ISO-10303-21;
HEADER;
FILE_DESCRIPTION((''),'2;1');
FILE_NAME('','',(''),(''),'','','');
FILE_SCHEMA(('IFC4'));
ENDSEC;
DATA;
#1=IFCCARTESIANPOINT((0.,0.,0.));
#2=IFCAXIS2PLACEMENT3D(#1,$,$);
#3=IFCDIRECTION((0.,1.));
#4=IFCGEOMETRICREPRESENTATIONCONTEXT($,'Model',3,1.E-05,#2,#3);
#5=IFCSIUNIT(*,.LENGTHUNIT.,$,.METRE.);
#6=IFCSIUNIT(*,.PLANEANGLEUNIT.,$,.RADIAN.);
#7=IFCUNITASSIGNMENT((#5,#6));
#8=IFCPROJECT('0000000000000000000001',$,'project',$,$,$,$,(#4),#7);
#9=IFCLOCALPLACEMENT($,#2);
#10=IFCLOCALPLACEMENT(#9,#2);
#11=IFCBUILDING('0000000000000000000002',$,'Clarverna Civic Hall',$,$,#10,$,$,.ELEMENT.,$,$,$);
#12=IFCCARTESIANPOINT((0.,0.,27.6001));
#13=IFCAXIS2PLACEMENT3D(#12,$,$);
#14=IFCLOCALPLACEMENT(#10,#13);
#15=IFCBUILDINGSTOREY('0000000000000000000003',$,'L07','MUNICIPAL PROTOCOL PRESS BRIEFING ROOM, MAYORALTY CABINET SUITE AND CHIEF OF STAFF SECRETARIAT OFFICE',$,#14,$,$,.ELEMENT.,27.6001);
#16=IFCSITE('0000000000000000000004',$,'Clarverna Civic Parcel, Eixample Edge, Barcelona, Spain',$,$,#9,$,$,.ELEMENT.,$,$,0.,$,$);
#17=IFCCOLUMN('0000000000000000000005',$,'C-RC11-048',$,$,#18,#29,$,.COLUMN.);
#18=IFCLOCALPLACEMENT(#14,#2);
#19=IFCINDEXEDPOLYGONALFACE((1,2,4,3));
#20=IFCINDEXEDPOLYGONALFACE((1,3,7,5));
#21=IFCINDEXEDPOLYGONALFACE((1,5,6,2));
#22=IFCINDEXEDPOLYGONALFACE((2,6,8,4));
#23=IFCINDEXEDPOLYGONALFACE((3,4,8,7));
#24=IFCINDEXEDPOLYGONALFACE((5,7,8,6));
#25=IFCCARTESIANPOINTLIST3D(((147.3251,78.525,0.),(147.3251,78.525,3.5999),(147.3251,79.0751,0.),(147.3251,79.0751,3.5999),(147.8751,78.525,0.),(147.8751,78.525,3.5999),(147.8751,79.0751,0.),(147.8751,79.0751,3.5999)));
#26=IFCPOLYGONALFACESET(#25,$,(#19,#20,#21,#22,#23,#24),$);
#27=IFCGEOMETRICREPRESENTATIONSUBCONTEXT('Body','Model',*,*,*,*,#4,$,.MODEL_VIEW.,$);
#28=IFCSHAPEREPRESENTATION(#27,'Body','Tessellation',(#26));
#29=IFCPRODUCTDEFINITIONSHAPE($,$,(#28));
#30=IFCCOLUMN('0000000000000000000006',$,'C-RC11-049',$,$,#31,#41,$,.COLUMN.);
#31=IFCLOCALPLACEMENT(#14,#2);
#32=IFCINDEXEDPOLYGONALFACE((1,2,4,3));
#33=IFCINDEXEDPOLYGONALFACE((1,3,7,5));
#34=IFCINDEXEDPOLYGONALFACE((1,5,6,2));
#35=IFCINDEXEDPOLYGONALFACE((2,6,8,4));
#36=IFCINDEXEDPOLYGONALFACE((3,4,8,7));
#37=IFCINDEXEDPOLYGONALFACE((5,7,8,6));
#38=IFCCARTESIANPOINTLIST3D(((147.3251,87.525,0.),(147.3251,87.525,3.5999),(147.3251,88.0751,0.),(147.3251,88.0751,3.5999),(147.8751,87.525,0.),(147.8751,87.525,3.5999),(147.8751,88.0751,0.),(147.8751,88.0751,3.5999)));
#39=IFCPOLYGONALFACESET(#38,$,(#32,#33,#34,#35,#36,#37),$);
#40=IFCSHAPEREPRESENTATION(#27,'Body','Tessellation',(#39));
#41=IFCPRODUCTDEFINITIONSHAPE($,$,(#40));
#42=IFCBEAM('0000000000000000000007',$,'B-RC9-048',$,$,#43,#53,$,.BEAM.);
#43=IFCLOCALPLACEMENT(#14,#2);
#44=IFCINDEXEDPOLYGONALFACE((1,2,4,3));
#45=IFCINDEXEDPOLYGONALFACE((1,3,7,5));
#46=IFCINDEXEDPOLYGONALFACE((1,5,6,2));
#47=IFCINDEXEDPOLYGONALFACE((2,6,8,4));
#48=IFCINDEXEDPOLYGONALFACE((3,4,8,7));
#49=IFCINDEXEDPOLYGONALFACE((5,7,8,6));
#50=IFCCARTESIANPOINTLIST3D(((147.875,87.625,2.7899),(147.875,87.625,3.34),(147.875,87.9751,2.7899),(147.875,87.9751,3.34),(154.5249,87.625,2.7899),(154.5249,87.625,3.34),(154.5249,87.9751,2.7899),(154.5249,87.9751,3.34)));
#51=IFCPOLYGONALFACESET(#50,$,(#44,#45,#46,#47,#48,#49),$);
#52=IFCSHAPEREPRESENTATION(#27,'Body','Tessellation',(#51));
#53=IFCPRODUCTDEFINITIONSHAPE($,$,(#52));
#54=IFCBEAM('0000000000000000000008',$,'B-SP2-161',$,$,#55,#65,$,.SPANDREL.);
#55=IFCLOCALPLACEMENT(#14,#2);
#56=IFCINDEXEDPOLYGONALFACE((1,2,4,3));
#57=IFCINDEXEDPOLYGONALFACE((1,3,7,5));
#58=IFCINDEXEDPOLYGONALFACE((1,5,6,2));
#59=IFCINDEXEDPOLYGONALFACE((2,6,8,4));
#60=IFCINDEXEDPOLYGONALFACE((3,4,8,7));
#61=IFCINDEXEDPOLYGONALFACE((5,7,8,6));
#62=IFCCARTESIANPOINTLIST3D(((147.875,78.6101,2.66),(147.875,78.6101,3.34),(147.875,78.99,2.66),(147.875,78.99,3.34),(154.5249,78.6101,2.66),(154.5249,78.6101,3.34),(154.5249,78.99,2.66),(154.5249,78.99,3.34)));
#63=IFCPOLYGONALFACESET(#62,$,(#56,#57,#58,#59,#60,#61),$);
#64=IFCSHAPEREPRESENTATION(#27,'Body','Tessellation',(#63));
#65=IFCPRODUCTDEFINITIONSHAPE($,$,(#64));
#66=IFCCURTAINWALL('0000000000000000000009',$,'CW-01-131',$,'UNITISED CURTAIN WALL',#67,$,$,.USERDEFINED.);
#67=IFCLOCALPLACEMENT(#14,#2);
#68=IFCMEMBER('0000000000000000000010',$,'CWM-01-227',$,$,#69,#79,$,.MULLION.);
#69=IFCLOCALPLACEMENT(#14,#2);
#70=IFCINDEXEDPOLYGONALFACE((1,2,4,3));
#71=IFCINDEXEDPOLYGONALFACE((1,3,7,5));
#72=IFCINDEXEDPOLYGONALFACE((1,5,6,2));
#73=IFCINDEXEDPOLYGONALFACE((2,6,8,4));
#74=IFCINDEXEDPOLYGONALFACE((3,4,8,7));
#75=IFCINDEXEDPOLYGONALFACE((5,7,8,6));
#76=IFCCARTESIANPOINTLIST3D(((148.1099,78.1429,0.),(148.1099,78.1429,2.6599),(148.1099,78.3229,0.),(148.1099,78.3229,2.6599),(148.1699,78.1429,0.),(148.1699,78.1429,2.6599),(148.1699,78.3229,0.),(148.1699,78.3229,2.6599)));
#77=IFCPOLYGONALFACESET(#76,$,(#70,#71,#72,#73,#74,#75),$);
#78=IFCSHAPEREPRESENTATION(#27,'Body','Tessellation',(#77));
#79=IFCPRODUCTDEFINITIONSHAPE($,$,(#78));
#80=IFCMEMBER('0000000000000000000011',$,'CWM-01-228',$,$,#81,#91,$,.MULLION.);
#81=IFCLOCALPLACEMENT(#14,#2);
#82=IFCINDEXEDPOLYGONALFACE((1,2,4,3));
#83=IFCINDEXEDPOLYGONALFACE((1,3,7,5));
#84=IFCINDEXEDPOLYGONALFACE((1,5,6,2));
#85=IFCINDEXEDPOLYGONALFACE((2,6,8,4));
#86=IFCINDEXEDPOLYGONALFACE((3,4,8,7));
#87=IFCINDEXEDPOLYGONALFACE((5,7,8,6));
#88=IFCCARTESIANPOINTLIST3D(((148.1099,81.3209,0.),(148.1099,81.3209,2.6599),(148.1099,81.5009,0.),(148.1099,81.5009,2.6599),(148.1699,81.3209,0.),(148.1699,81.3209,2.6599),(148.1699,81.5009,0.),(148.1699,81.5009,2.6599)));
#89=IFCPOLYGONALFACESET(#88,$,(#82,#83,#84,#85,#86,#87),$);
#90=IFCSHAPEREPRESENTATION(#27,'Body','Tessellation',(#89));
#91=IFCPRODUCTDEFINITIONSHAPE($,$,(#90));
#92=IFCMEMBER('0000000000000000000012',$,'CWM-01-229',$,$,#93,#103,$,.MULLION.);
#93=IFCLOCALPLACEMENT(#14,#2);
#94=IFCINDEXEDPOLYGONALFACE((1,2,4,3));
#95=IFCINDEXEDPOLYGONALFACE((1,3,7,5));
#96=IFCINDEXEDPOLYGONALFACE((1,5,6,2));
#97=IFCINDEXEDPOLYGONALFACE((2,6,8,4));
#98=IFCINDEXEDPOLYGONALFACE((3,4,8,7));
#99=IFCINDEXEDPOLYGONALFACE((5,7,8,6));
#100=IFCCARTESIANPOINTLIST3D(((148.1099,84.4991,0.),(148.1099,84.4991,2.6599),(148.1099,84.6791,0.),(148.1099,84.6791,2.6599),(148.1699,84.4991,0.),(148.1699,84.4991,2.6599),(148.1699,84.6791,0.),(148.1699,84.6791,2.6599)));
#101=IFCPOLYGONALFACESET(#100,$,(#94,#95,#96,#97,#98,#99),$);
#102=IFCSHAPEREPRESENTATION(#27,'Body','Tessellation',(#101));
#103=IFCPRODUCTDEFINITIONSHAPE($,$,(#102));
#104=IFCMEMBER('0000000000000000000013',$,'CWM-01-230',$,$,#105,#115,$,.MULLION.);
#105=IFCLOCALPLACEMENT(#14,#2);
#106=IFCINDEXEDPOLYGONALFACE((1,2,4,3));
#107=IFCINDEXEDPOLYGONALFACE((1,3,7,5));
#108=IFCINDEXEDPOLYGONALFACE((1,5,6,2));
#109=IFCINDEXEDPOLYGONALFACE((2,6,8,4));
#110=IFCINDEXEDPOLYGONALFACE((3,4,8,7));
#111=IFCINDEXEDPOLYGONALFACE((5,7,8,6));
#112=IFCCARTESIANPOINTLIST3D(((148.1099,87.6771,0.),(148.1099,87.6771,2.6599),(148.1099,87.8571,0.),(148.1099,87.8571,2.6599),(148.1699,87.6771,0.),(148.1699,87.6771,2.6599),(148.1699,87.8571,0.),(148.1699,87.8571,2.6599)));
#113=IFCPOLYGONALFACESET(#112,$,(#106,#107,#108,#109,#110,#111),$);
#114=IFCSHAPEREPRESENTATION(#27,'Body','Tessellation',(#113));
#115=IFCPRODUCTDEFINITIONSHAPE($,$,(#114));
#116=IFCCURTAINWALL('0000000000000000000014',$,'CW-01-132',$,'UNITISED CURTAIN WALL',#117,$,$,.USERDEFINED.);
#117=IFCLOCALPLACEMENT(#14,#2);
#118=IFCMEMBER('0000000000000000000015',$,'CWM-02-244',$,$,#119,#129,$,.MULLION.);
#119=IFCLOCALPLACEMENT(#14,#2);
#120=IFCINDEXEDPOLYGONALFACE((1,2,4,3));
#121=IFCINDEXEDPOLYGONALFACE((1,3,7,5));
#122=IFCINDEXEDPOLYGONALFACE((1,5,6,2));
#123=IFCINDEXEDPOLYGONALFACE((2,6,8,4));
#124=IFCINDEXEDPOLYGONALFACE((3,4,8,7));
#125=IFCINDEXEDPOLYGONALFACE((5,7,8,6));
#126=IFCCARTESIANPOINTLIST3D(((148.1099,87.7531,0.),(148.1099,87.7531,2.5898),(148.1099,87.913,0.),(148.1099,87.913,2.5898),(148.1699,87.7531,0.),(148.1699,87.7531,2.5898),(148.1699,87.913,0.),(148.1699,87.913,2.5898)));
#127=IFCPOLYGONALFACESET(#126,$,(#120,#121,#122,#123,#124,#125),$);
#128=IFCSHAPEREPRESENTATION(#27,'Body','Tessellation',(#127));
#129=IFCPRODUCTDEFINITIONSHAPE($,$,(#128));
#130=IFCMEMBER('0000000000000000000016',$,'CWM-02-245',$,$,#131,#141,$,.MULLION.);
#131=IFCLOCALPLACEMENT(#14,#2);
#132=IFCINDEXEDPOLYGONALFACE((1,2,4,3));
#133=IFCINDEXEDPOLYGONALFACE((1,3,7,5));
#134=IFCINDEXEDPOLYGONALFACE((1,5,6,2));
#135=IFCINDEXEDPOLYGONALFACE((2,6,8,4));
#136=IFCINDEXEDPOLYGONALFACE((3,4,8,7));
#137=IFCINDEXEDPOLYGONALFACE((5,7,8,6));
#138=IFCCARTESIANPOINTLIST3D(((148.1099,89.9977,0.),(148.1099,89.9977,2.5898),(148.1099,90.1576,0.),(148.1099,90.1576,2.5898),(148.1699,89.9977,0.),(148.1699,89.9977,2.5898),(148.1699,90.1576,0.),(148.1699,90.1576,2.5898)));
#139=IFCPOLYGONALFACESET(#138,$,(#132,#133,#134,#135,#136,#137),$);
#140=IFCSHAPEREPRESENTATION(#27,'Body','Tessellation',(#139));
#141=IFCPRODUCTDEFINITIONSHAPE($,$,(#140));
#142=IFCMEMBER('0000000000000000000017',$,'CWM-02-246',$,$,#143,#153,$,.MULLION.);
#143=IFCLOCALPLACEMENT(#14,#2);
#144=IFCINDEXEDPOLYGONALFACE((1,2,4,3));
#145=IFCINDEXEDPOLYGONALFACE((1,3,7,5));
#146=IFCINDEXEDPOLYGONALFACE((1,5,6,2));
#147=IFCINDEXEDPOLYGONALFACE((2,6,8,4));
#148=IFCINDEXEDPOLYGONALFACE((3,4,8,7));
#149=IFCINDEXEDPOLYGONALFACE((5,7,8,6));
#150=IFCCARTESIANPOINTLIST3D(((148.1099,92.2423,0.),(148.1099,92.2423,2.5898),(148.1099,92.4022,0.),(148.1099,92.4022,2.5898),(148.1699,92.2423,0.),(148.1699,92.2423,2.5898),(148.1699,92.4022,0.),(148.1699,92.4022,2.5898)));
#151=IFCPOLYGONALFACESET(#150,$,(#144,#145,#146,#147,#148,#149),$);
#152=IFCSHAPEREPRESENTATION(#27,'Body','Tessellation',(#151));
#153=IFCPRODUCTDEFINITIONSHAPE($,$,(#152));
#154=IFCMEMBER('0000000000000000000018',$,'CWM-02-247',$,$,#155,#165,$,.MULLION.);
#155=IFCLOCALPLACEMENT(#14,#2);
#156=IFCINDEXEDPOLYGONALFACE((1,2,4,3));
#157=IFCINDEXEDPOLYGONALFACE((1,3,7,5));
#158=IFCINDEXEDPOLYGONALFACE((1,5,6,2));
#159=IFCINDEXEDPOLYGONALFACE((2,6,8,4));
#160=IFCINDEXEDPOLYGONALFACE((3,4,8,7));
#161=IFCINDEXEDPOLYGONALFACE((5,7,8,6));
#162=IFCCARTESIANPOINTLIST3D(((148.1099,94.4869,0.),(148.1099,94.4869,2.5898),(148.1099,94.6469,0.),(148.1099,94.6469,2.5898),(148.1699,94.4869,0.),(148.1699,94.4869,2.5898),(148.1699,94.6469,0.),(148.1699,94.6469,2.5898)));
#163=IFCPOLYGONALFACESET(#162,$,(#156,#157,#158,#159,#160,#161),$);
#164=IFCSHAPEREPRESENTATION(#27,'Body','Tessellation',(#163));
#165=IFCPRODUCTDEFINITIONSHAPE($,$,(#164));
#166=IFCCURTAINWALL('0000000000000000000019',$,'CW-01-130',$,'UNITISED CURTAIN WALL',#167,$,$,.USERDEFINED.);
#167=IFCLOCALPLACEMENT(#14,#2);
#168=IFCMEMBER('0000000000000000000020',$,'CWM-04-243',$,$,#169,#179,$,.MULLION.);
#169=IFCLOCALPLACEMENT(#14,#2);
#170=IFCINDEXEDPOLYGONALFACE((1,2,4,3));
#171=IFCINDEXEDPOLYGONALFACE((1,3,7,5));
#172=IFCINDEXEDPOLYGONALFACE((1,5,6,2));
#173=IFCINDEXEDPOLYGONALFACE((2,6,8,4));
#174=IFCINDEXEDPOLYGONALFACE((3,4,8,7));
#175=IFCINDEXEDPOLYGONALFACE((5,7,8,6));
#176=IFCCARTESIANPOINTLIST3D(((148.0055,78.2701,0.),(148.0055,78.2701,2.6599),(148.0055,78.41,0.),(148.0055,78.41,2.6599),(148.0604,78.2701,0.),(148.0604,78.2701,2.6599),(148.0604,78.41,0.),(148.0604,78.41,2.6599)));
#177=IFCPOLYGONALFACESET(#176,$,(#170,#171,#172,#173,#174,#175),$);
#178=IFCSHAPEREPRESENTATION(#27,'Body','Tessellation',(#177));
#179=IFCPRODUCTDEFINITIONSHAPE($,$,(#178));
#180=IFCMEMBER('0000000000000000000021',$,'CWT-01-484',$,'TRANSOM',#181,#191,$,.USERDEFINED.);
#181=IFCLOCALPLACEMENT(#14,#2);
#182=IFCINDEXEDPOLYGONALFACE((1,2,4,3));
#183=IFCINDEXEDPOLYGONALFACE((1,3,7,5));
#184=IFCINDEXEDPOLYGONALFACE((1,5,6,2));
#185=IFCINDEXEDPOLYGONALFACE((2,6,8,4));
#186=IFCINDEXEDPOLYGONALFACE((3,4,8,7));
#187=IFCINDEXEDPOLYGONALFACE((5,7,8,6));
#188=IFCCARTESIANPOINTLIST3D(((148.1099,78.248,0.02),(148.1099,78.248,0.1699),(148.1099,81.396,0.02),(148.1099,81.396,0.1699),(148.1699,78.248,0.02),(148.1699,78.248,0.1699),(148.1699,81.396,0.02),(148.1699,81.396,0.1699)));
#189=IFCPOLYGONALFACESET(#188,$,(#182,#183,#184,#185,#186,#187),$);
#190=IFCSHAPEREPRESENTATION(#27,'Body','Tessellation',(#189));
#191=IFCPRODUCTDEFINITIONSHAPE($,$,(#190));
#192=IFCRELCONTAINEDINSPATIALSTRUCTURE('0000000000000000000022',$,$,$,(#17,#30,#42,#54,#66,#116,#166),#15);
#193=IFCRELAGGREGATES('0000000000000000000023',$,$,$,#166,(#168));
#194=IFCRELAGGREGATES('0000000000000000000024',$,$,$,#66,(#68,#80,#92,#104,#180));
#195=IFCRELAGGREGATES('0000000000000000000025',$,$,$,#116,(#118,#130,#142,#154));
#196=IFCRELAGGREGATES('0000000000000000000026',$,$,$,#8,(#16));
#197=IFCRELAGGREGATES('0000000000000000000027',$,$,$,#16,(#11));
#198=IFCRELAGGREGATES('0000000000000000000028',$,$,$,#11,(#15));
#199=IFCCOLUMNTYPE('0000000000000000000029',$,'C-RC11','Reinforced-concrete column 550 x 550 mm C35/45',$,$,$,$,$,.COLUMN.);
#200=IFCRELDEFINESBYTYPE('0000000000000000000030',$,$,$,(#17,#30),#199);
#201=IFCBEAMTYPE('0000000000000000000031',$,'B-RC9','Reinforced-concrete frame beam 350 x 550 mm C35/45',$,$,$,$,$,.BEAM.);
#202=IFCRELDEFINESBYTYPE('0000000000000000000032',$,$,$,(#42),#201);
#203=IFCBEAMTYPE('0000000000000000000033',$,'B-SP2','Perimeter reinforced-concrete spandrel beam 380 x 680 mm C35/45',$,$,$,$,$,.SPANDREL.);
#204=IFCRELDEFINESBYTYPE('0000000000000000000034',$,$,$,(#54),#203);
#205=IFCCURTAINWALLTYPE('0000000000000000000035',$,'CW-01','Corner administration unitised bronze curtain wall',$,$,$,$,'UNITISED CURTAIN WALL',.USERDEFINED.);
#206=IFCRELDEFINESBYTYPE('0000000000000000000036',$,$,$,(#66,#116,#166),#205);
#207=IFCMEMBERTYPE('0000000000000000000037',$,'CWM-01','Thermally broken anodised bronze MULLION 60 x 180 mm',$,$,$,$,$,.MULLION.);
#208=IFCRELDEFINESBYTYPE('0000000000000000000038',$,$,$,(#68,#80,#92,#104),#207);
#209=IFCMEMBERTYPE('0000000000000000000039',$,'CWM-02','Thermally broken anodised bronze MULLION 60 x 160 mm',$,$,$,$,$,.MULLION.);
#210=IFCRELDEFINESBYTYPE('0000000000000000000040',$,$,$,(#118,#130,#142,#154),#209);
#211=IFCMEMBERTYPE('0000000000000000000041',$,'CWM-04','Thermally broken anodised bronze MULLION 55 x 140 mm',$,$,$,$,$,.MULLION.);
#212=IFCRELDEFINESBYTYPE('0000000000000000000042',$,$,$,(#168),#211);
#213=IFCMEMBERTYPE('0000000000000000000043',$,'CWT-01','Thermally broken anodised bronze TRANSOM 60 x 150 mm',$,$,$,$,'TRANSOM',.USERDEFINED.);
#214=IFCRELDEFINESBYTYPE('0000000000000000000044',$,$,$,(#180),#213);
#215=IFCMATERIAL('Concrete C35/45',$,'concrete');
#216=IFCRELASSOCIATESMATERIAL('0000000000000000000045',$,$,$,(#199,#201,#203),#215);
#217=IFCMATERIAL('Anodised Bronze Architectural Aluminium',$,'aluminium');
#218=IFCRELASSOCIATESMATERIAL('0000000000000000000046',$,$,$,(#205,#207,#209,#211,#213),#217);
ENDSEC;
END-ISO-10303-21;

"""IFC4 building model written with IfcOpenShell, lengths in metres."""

from ifc_helpers import new_model, si_unit, direction, frame, origin, origin_2d, place, context, subcontext, project, spatial, rectangle, extrude, material, material_profile, profile_set, type_object, element, aggregate, save


model = new_model("IFC4")

# Units and contexts
model_context = context("Model", 3, precision=1e-05, world=origin(), true_north=direction((0.0, 1.0)))
body_context = subcontext(model_context, "Body", "Model", "MODEL_VIEW")
ifc_project = project(units=[si_unit("LENGTHUNIT", "METRE"), si_unit("PLANEANGLEUNIT", "RADIAN")], contexts=[model_context])

# Site, building, storey
site_placement = place(None, origin())
site = spatial("IfcSite", under=ifc_project, at=site_placement, Name="Clarverna Civic Parcel, Eixample Edge, Barcelona, Spain", CompositionType="ELEMENT", RefElevation=0.0)
building_placement = place(site_placement, origin())
building = spatial("IfcBuilding", under=site, at=building_placement, Name="Clarverna Civic Hall", CompositionType="ELEMENT")
storey_placement = place(building_placement, frame((0.0, 0.0, 27.6001)))
storey = spatial("IfcBuildingStorey", under=building, at=storey_placement, Name="L07", Description="MUNICIPAL PROTOCOL PRESS BRIEFING ROOM, MAYORALTY CABINET SUITE AND CHIEF OF STAFF SECRETARIAT OFFICE", CompositionType="ELEMENT", Elevation=27.6001)

# Columns
ifc_material_1 = material(Name="Concrete C35/45", Category="concrete")
ifc_material_profile_1 = material_profile(ifc_material_1, rectangle(XDim=0.55, YDim=0.55, at=origin_2d()), Name="RC 550x550")
ifc_profile_set_1 = profile_set([ifc_material_profile_1], Name="Concrete C35/45")
column_type = type_object("IfcColumnType", Name="C-RC11", Description="Reinforced-concrete column 550 x 550 mm C35/45", PredefinedType="COLUMN", material=ifc_profile_set_1)
for number, where, z_axis, x_axis, name in (
    (1, (147.6001, 78.8, 0.0), (0.0, 0.0, 1.0), (1.0, 0.0, 0.0), "C-RC11-048"),
    (2, (147.6001, 87.8, 0.0), (0.0, 0.0, 1.0), (1.0, 0.0, 0.0), "C-RC11-049"),
):
    element("IfcColumn", number, at=place(storey_placement, frame(where, z_axis=z_axis, x_axis=x_axis)), inside=storey, type_object=column_type, Name=name, PredefinedType="COLUMN", context=body_context, shape_type="SweptSolid", body=[
        extrude(rectangle(XDim=0.55, YDim=0.55, at=origin_2d()), origin(), (0.0, 0.0, 1.0), 3.5999),
    ])

# Beams
ifc_material_profile_2 = material_profile(ifc_material_1, rectangle(XDim=0.3501, YDim=0.55, at=origin_2d()), Name="RC 350x550")
ifc_profile_set_2 = profile_set([ifc_material_profile_2], Name="Concrete C35/45")
beam_type_1 = type_object("IfcBeamType", Name="B-RC9", Description="Reinforced-concrete frame beam 350 x 550 mm C35/45", PredefinedType="BEAM", material=ifc_profile_set_2)
beam_1_placement = place(storey_placement, frame((147.875, 87.8, 3.0649), z_axis=(1.0, 0.0, 0.0), x_axis=(0.0, 1.0, 0.0)))
element("IfcBeam", 3, at=beam_1_placement, inside=storey, type_object=beam_type_1, Name="B-RC9-048", PredefinedType="BEAM", context=body_context, shape_type="SweptSolid", body=[
    extrude(rectangle(XDim=0.3501, YDim=0.55, at=origin_2d()), origin(), (0.0, 0.0, 1.0), 6.6499),
])
ifc_material_profile_3 = material_profile(ifc_material_1, rectangle(XDim=0.3799, YDim=0.6799, at=origin_2d()), Name="RC 380x680")
ifc_profile_set_3 = profile_set([ifc_material_profile_3], Name="Concrete C35/45")
beam_type_2 = type_object("IfcBeamType", Name="B-SP2", Description="Perimeter reinforced-concrete spandrel beam 380 x 680 mm C35/45", PredefinedType="SPANDREL", material=ifc_profile_set_3)
beam_2_placement = place(storey_placement, frame((147.875, 78.8, 3.0), z_axis=(1.0, 0.0, 0.0), x_axis=(0.0, 1.0, 0.0)))
element("IfcBeam", 4, at=beam_2_placement, inside=storey, type_object=beam_type_2, Name="B-SP2-161", PredefinedType="SPANDREL", context=body_context, shape_type="SweptSolid", body=[
    extrude(rectangle(XDim=0.3799, YDim=0.6799, at=origin_2d()), origin(), (0.0, 0.0, 1.0), 6.6499),
])

# Curtain walls, members
ifc_material_2 = material(Name="Anodised Bronze Architectural Aluminium", Category="aluminium")
curtain_wall_type = type_object("IfcCurtainWallType", Name="CW-01", Description="Corner administration unitised bronze curtain wall", ElementType="UNITISED CURTAIN WALL", PredefinedType="USERDEFINED", material=ifc_material_2)
curtain_wall_1_placement = place(storey_placement, origin())
curtain_wall_1 = element("IfcCurtainWall", 5, at=curtain_wall_1_placement, inside=storey, type_object=curtain_wall_type, Name="CW-01-131", ObjectType="UNITISED CURTAIN WALL", PredefinedType="USERDEFINED")
ifc_material_profile_4 = material_profile(ifc_material_2, rectangle(XDim=0.0601, YDim=0.1799, at=origin_2d()), Name="BRONZE 60x180")
ifc_profile_set_4 = profile_set([ifc_material_profile_4], Name="Anodised Bronze Architectural Aluminium")
member_type_1 = type_object("IfcMemberType", Name="CWM-01", Description="Thermally broken anodised bronze MULLION 60 x 180 mm", PredefinedType="MULLION", material=ifc_profile_set_4)
member_1_placement = place(storey_placement, frame((148.1399, 78.2329, 0.0), z_axis=(0.0, 0.0, 1.0), x_axis=(1.0, 0.0, 0.0)))
member_1 = element("IfcMember", 6, at=member_1_placement, type_object=member_type_1, Name="CWM-01-227", PredefinedType="MULLION", context=body_context, shape_type="SweptSolid", body=[
    extrude(rectangle(XDim=0.0601, YDim=0.1799, at=origin_2d()), origin(), (0.0, 0.0, 1.0), 2.6599),
])
member_2_placement = place(storey_placement, frame((148.1399, 81.4109, 0.0), z_axis=(0.0, 0.0, 1.0), x_axis=(1.0, 0.0, 0.0)))
member_2 = element("IfcMember", 7, at=member_2_placement, type_object=member_type_1, Name="CWM-01-228", PredefinedType="MULLION", context=body_context, shape_type="SweptSolid", body=[
    extrude(rectangle(XDim=0.0601, YDim=0.1799, at=origin_2d()), origin(), (0.0, 0.0, 1.0), 2.6599),
])
member_3_placement = place(storey_placement, frame((148.1399, 84.5891, 0.0), z_axis=(0.0, 0.0, 1.0), x_axis=(1.0, 0.0, 0.0)))
member_3 = element("IfcMember", 8, at=member_3_placement, type_object=member_type_1, Name="CWM-01-229", PredefinedType="MULLION", context=body_context, shape_type="SweptSolid", body=[
    extrude(rectangle(XDim=0.0601, YDim=0.1799, at=origin_2d()), origin(), (0.0, 0.0, 1.0), 2.6599),
])
member_4_placement = place(storey_placement, frame((148.1399, 87.7671, 0.0), z_axis=(0.0, 0.0, 1.0), x_axis=(1.0, 0.0, 0.0)))
member_4 = element("IfcMember", 9, at=member_4_placement, type_object=member_type_1, Name="CWM-01-230", PredefinedType="MULLION", context=body_context, shape_type="SweptSolid", body=[
    extrude(rectangle(XDim=0.0601, YDim=0.1799, at=origin_2d()), origin(), (0.0, 0.0, 1.0), 2.6599),
])
curtain_wall_2_placement = place(storey_placement, origin())
curtain_wall_2 = element("IfcCurtainWall", 10, at=curtain_wall_2_placement, inside=storey, type_object=curtain_wall_type, Name="CW-01-132", ObjectType="UNITISED CURTAIN WALL", PredefinedType="USERDEFINED")
ifc_material_profile_5 = material_profile(ifc_material_2, rectangle(XDim=0.0601, YDim=0.1599, at=origin_2d()), Name="BRONZE 60x160")
ifc_profile_set_5 = profile_set([ifc_material_profile_5], Name="Anodised Bronze Architectural Aluminium")
member_type_2 = type_object("IfcMemberType", Name="CWM-02", Description="Thermally broken anodised bronze MULLION 60 x 160 mm", PredefinedType="MULLION", material=ifc_profile_set_5)
member_5_placement = place(storey_placement, frame((148.1399, 87.833, 0.0), z_axis=(0.0, 0.0, 1.0), x_axis=(1.0, 0.0, 0.0)))
member_5 = element("IfcMember", 11, at=member_5_placement, type_object=member_type_2, Name="CWM-02-244", PredefinedType="MULLION", context=body_context, shape_type="SweptSolid", body=[
    extrude(rectangle(XDim=0.0601, YDim=0.1599, at=origin_2d()), origin(), (0.0, 0.0, 1.0), 2.5898),
])
member_6_placement = place(storey_placement, frame((148.1399, 90.0776, 0.0), z_axis=(0.0, 0.0, 1.0), x_axis=(1.0, 0.0, 0.0)))
member_6 = element("IfcMember", 12, at=member_6_placement, type_object=member_type_2, Name="CWM-02-245", PredefinedType="MULLION", context=body_context, shape_type="SweptSolid", body=[
    extrude(rectangle(XDim=0.0601, YDim=0.1599, at=origin_2d()), origin(), (0.0, 0.0, 1.0), 2.5898),
])
member_7_placement = place(storey_placement, frame((148.1399, 92.3223, 0.0), z_axis=(0.0, 0.0, 1.0), x_axis=(1.0, 0.0, 0.0)))
member_7 = element("IfcMember", 13, at=member_7_placement, type_object=member_type_2, Name="CWM-02-246", PredefinedType="MULLION", context=body_context, shape_type="SweptSolid", body=[
    extrude(rectangle(XDim=0.0601, YDim=0.1599, at=origin_2d()), origin(), (0.0, 0.0, 1.0), 2.5898),
])
member_8_placement = place(storey_placement, frame((148.1399, 94.5669, 0.0), z_axis=(0.0, 0.0, 1.0), x_axis=(1.0, 0.0, 0.0)))
member_8 = element("IfcMember", 14, at=member_8_placement, type_object=member_type_2, Name="CWM-02-247", PredefinedType="MULLION", context=body_context, shape_type="SweptSolid", body=[
    extrude(rectangle(XDim=0.0601, YDim=0.1599, at=origin_2d()), origin(), (0.0, 0.0, 1.0), 2.5898),
])

# Curtain wall, member
curtain_wall_3_placement = place(storey_placement, origin())
curtain_wall_3 = element("IfcCurtainWall", 15, at=curtain_wall_3_placement, inside=storey, type_object=curtain_wall_type, Name="CW-01-130", ObjectType="UNITISED CURTAIN WALL", PredefinedType="USERDEFINED")
ifc_material_profile_6 = material_profile(ifc_material_2, rectangle(XDim=0.0549, YDim=0.1399, at=origin_2d()), Name="BRONZE 55x140")
ifc_profile_set_6 = profile_set([ifc_material_profile_6], Name="Anodised Bronze Architectural Aluminium")
member_type_3 = type_object("IfcMemberType", Name="CWM-04", Description="Thermally broken anodised bronze MULLION 55 x 140 mm", PredefinedType="MULLION", material=ifc_profile_set_6)
member_9_placement = place(storey_placement, frame((148.033, 78.3401, 0.0), z_axis=(0.0, 0.0, 1.0), x_axis=(1.0, 0.0, 0.0)))
member_9 = element("IfcMember", 16, at=member_9_placement, type_object=member_type_3, Name="CWM-04-243", PredefinedType="MULLION", context=body_context, shape_type="SweptSolid", body=[
    extrude(rectangle(XDim=0.0549, YDim=0.1399, at=origin_2d()), origin(), (0.0, 0.0, 1.0), 2.6599),
])
aggregate(curtain_wall_3, [member_9])

# Member
ifc_material_profile_7 = material_profile(ifc_material_2, rectangle(XDim=0.0601, YDim=0.1499, at=origin_2d()), Name="BRONZE 60x150")
ifc_profile_set_7 = profile_set([ifc_material_profile_7], Name="Anodised Bronze Architectural Aluminium")
member_type_4 = type_object("IfcMemberType", Name="CWT-01", Description="Thermally broken anodised bronze TRANSOM 60 x 150 mm", ElementType="TRANSOM", PredefinedType="USERDEFINED", material=ifc_profile_set_7)
member_10_placement = place(storey_placement, frame((148.1399, 78.248, 0.095), z_axis=(0.0, 1.0, 0.0), x_axis=(-1.0, 0.0, 0.0)))
member_10 = element("IfcMember", 17, at=member_10_placement, type_object=member_type_4, Name="CWT-01-484", ObjectType="TRANSOM", PredefinedType="USERDEFINED", context=body_context, shape_type="SweptSolid", body=[
    extrude(rectangle(XDim=0.0601, YDim=0.1499, at=origin_2d()), origin(), (0.0, 0.0, 1.0), 3.1479),
])

aggregate(curtain_wall_1, [member_1, member_2, member_3, member_4, member_10])
aggregate(curtain_wall_2, [member_5, member_6, member_7, member_8])

save(model, "model.ifc")
